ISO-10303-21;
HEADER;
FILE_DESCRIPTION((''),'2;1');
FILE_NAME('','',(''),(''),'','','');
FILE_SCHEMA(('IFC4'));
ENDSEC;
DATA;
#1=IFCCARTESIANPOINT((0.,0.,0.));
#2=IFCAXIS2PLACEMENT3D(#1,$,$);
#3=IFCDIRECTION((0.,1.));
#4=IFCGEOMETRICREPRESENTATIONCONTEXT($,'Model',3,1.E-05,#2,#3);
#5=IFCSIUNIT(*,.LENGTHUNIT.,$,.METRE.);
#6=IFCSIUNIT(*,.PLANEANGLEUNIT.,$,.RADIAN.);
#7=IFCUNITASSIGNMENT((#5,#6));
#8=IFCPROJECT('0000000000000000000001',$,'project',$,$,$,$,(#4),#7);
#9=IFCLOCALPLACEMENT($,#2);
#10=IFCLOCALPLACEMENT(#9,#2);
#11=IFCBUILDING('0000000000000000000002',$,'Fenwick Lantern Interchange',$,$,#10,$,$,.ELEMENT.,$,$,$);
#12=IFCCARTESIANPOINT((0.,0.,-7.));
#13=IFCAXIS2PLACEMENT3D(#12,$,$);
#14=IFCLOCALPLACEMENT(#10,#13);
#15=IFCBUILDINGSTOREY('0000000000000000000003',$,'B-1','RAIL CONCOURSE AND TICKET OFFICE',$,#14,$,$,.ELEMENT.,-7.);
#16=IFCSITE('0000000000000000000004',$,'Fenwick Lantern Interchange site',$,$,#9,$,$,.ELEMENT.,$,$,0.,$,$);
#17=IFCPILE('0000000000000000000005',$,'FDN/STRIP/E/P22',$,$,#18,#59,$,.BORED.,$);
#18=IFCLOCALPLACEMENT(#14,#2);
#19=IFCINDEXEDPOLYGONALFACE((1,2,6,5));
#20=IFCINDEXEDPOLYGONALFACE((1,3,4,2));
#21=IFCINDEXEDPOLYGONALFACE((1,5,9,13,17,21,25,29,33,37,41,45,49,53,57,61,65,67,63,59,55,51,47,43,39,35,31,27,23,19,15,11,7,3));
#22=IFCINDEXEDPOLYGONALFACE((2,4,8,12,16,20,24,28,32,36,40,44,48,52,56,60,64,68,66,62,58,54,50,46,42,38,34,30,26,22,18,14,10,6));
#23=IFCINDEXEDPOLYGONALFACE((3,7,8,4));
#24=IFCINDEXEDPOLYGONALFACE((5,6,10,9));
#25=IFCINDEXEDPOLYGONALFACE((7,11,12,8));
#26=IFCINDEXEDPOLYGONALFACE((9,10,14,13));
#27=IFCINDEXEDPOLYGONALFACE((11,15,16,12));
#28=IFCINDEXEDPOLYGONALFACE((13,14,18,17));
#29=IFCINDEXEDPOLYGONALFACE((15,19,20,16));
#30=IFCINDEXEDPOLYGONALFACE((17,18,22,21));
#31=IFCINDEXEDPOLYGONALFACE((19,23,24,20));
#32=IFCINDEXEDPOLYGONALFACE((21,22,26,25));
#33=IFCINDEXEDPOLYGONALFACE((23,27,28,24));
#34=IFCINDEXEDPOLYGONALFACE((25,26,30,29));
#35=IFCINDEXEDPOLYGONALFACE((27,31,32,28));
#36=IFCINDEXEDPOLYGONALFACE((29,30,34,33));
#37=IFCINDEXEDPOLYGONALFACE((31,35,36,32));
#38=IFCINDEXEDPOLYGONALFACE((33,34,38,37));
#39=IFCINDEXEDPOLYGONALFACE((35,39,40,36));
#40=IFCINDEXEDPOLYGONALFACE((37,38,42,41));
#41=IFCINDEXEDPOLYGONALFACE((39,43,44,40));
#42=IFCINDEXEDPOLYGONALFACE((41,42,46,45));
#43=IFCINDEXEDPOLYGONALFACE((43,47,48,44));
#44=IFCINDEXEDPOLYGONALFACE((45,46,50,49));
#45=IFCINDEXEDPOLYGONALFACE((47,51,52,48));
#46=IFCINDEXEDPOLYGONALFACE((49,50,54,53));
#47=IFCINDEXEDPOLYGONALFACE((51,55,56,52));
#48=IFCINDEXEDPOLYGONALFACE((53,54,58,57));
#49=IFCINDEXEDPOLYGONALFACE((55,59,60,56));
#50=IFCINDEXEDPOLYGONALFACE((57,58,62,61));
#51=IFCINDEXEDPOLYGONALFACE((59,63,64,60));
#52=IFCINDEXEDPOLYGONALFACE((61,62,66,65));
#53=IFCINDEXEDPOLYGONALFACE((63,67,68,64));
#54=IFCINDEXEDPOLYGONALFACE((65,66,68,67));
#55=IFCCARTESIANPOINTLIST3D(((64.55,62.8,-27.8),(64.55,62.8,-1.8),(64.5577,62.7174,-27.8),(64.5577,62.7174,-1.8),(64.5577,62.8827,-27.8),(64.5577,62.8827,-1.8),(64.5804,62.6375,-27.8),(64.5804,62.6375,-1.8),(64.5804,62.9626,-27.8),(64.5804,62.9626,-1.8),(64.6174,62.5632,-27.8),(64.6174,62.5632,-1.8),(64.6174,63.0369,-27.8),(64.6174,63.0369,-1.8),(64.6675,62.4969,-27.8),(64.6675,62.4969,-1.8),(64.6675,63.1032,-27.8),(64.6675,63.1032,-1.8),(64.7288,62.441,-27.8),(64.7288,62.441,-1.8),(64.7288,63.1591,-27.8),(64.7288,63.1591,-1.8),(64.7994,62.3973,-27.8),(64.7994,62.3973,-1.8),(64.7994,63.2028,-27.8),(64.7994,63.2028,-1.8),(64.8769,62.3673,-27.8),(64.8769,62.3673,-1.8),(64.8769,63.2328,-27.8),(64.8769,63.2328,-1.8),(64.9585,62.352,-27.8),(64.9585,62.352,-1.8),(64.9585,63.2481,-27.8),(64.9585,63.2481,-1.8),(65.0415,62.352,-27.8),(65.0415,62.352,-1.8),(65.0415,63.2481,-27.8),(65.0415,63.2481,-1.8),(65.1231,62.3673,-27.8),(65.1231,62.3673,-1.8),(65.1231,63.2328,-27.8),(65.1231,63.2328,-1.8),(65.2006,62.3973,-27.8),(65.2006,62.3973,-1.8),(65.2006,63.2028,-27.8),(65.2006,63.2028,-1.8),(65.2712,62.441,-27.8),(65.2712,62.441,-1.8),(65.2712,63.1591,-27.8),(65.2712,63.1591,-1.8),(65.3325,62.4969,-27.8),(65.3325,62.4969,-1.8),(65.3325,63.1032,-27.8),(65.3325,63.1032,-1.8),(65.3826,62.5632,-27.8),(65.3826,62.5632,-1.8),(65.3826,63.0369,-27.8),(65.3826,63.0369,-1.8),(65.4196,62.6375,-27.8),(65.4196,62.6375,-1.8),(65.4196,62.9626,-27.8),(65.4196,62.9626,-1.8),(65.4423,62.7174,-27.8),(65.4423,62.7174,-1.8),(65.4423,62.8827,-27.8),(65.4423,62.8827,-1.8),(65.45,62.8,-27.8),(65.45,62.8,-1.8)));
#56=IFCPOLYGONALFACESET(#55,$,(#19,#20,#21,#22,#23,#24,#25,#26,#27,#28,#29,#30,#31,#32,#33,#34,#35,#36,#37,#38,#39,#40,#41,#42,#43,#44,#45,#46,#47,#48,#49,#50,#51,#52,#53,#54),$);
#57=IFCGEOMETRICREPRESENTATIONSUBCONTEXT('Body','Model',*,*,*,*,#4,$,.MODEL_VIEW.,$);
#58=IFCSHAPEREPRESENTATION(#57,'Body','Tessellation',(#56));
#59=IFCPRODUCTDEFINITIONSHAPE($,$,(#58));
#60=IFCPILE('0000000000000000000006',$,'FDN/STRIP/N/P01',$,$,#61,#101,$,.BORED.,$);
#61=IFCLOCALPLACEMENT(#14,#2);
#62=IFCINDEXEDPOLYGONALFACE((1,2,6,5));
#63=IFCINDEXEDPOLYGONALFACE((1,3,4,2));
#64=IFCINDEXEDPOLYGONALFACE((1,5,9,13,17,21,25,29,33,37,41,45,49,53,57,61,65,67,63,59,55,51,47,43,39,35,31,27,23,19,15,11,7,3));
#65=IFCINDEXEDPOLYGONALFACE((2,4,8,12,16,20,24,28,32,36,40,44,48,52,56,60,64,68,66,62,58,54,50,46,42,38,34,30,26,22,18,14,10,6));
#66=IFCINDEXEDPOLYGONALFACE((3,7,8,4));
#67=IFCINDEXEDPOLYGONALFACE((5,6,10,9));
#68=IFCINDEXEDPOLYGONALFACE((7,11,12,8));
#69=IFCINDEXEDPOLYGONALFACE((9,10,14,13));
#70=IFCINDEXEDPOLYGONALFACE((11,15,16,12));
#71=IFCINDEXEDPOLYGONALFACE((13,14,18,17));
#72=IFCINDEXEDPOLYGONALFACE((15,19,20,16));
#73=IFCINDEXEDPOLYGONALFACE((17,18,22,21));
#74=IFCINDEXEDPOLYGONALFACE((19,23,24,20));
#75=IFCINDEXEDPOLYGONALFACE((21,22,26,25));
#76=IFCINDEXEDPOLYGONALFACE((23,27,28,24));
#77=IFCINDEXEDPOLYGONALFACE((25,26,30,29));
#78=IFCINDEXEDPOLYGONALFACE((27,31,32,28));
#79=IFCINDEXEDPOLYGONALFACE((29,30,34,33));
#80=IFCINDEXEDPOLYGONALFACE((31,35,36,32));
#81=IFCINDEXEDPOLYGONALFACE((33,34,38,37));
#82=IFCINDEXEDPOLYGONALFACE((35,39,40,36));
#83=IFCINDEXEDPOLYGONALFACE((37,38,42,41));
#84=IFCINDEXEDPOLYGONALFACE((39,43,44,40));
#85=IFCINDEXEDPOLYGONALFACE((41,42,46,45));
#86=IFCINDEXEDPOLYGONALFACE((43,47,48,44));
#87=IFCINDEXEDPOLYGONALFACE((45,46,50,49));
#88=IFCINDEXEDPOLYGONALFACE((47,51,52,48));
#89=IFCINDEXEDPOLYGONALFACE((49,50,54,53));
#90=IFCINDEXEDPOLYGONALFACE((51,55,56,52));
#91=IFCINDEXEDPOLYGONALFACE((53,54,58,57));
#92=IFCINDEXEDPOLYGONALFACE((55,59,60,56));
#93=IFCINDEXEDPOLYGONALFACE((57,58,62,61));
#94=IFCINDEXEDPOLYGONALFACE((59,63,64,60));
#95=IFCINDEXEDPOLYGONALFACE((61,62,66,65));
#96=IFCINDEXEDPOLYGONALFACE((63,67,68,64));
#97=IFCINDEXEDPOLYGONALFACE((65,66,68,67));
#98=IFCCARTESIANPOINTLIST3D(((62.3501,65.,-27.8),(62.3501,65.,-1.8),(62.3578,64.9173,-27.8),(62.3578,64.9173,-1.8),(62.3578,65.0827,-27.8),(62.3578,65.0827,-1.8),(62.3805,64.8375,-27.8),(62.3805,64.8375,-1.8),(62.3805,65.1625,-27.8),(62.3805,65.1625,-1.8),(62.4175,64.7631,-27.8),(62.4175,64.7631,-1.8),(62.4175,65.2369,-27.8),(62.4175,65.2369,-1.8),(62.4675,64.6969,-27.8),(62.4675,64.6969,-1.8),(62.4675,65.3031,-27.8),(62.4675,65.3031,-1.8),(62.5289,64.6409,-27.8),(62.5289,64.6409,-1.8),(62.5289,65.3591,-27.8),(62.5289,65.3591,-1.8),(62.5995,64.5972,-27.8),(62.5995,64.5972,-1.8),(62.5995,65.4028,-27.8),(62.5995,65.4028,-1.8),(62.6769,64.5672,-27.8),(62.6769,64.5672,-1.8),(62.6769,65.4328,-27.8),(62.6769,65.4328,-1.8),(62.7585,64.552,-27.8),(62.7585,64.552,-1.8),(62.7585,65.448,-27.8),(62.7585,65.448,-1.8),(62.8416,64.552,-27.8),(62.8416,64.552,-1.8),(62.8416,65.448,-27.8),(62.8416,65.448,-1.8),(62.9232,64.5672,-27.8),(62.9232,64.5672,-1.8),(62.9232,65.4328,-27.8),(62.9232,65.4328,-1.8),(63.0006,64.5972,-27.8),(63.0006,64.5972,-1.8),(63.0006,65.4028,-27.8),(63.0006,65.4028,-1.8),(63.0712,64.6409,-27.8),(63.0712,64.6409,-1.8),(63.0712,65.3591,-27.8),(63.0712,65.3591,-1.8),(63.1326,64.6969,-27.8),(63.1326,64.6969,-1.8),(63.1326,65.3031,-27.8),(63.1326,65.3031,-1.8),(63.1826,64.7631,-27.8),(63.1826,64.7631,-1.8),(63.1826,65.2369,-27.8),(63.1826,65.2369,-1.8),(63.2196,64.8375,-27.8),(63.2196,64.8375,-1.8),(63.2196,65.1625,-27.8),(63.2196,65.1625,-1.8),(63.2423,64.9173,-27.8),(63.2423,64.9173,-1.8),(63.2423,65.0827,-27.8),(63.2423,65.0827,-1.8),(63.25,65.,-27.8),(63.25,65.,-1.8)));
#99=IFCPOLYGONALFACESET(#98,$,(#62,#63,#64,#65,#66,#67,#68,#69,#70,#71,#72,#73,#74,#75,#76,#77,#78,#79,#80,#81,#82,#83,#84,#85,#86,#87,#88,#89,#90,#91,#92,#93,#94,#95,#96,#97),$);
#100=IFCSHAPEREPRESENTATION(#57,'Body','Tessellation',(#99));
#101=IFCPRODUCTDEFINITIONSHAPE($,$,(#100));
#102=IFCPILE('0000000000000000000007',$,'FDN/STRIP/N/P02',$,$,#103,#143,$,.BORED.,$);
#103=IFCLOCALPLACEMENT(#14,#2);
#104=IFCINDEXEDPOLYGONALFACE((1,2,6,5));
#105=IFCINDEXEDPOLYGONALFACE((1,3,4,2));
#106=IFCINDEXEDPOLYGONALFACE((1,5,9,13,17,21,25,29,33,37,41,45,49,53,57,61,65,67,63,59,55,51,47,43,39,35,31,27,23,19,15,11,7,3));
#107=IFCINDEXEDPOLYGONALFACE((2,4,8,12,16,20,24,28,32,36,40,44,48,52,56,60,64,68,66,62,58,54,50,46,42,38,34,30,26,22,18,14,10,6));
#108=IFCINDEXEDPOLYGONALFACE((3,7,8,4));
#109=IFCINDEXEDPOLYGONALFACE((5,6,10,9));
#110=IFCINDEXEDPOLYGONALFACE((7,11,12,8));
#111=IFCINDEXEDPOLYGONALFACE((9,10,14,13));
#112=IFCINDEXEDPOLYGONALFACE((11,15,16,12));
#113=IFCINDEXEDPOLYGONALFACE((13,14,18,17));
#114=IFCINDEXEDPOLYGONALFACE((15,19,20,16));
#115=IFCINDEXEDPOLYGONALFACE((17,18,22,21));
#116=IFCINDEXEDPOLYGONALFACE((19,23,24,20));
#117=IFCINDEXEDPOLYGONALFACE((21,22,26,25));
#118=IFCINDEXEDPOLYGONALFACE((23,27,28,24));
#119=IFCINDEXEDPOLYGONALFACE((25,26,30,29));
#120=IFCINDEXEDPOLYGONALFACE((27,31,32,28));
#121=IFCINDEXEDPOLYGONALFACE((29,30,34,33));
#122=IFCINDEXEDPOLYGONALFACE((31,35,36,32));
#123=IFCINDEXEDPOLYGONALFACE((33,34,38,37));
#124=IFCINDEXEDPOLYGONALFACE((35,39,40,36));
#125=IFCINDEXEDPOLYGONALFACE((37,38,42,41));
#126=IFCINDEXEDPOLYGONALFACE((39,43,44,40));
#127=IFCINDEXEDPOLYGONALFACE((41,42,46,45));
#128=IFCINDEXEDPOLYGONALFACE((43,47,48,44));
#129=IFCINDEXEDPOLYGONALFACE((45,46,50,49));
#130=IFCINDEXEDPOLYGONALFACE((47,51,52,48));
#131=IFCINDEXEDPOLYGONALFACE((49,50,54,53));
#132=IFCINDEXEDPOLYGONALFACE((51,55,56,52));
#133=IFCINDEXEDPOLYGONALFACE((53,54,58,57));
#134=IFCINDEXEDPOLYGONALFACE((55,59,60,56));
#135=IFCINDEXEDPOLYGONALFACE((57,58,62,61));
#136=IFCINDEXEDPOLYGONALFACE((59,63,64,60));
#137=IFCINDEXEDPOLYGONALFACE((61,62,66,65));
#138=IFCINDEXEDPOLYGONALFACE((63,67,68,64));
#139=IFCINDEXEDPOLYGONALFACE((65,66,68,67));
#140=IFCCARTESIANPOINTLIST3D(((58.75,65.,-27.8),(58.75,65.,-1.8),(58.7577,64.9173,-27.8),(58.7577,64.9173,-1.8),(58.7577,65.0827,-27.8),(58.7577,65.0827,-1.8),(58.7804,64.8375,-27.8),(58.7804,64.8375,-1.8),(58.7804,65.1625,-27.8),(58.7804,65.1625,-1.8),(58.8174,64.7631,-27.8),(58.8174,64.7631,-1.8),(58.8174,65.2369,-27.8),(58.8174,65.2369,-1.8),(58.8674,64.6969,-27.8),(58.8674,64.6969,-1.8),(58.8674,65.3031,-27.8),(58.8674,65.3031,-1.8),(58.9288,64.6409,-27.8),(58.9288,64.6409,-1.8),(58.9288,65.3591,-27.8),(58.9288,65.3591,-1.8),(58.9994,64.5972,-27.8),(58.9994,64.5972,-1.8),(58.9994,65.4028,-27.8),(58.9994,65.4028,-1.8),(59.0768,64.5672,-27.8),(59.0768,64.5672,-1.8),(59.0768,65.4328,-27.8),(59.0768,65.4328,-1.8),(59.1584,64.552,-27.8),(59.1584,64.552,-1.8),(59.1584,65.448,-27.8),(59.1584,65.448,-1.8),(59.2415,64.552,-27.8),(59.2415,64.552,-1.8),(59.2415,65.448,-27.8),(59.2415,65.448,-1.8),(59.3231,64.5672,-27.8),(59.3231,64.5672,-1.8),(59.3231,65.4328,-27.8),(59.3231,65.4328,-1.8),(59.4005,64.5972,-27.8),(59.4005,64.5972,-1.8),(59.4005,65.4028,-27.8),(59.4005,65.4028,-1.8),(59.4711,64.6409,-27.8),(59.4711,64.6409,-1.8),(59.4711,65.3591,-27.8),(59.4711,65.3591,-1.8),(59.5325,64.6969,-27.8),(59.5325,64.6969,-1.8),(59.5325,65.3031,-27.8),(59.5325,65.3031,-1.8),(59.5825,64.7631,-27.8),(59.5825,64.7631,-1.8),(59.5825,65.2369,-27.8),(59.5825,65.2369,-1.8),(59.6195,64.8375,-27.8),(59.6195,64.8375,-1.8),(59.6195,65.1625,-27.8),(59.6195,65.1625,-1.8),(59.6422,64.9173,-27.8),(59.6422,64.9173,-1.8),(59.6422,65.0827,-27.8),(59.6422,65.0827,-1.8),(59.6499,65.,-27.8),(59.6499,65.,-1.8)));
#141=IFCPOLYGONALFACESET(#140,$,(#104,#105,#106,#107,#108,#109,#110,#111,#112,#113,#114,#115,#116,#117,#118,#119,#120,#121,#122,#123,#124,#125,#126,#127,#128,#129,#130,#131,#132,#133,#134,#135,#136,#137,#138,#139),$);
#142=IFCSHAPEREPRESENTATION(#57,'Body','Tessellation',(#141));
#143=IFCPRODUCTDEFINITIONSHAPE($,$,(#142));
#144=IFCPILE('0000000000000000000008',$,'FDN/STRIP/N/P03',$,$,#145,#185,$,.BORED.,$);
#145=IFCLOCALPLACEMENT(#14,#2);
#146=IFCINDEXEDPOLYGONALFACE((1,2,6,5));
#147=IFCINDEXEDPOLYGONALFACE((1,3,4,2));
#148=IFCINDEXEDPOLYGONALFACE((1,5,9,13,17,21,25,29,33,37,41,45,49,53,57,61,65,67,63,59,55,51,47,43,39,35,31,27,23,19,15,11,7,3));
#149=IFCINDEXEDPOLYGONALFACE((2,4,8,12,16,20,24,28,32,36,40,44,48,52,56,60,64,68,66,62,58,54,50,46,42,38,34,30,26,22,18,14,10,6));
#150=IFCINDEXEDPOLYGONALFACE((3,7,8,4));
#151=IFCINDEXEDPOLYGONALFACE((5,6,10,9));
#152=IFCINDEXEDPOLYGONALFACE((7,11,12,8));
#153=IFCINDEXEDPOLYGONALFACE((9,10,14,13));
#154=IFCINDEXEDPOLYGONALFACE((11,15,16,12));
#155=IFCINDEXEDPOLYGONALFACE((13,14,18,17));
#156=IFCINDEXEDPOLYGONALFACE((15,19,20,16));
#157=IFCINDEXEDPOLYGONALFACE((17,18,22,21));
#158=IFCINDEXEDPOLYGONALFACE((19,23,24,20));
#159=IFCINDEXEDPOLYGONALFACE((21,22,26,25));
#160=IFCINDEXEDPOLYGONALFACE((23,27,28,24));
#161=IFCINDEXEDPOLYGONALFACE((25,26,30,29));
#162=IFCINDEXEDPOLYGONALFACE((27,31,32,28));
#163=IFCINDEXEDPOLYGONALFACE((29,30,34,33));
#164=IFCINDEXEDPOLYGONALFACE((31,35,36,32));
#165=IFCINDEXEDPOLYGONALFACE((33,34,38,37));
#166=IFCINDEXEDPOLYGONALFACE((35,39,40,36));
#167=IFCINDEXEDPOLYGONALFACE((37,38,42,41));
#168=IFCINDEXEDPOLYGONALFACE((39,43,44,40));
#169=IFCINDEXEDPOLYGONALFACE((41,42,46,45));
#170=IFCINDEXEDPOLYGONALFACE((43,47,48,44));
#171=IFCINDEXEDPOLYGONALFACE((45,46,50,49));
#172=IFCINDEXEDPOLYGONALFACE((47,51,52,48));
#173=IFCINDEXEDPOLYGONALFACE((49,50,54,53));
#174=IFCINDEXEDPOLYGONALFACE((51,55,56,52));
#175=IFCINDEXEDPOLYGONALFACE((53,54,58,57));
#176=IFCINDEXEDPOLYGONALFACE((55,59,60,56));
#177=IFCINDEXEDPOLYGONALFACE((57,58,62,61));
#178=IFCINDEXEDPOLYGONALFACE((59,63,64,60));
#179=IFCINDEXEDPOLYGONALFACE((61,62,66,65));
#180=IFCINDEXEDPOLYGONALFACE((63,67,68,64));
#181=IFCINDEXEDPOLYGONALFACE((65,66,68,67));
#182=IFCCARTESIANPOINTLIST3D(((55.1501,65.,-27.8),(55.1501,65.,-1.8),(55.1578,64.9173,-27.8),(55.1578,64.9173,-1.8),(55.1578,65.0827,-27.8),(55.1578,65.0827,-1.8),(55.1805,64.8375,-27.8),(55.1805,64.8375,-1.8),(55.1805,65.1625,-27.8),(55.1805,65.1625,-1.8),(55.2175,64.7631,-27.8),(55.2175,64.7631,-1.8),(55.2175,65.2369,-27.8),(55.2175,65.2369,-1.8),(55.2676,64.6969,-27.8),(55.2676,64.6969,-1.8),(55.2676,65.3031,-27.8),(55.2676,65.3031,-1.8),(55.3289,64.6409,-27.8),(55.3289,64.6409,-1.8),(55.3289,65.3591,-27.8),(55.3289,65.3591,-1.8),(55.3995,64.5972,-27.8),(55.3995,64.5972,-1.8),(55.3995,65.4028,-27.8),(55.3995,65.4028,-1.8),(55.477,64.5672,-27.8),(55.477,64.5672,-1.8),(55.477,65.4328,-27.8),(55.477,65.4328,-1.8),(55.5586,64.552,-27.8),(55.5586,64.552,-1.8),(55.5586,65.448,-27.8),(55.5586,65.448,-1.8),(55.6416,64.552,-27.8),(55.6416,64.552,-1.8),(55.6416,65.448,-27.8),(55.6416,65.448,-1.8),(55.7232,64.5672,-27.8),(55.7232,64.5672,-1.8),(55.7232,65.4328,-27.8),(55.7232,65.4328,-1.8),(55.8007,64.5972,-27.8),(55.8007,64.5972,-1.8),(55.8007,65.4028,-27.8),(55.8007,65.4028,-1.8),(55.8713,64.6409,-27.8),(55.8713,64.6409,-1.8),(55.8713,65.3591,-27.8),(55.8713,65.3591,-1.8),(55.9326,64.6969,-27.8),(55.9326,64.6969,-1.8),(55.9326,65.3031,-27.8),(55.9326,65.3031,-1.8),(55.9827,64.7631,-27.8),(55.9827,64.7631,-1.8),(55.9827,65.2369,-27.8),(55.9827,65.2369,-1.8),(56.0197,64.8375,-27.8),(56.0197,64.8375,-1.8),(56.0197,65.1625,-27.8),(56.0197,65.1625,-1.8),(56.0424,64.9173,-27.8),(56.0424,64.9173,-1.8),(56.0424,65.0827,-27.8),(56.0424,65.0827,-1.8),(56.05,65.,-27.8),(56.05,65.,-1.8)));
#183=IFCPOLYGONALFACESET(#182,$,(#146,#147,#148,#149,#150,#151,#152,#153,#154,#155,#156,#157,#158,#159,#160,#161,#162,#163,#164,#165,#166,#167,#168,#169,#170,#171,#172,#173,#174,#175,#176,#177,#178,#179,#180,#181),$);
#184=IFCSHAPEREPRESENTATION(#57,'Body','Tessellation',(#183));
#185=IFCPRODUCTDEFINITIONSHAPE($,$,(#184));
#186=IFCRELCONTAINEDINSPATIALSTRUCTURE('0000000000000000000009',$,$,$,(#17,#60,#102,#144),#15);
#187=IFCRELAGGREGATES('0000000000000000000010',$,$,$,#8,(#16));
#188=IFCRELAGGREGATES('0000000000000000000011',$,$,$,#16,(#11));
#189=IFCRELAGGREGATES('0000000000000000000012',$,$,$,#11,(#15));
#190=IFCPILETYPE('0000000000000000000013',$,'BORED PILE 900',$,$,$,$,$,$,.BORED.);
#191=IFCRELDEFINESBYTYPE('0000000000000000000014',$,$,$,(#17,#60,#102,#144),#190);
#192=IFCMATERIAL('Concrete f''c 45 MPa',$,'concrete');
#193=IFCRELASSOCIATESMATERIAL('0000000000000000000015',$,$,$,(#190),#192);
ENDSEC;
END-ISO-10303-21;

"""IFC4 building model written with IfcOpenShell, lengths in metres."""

from ifc_helpers import new_model, si_unit, direction, frame, origin, origin_2d, place, context, subcontext, project, spatial, circle, extrude, material, type_object, element, save


model = new_model("IFC4")

# Units and contexts
model_context = context("Model", 3, precision=1e-05, world=origin(), true_north=direction((0.0, 1.0)))
body_context = subcontext(model_context, "Body", "Model", "MODEL_VIEW")
ifc_project = project(units=[si_unit("LENGTHUNIT", "METRE"), si_unit("PLANEANGLEUNIT", "RADIAN")], contexts=[model_context])

# Site, building, storey
site_placement = place(None, origin())
site = spatial("IfcSite", under=ifc_project, at=site_placement, Name="Fenwick Lantern Interchange site", CompositionType="ELEMENT", RefElevation=0.0)
building_placement = place(site_placement, origin())
building = spatial("IfcBuilding", under=site, at=building_placement, Name="Fenwick Lantern Interchange", CompositionType="ELEMENT")
storey_placement = place(building_placement, frame((0.0, 0.0, -7.0)))
storey = spatial("IfcBuildingStorey", under=building, at=storey_placement, Name="B-1", Description="RAIL CONCOURSE AND TICKET OFFICE", CompositionType="ELEMENT", Elevation=-7.0)

# Piles
ifc_material_1 = material(Name="Concrete f'c 45 MPa", Category="concrete")
pile_type_1 = type_object("IfcPileType", Name="BORED PILE 900", PredefinedType="BORED", material=ifc_material_1)
for number, where, z_axis, x_axis, name in (
    (1, (65.0, 62.8, -1.8), (0.0, 0.0, -1.0), (1.0, 0.0, 0.0), "FDN/STRIP/E/P22"),
    (2, (62.8, 65.0, -1.8), (0.0, 0.0, -1.0), (1.0, 0.0, 0.0), "FDN/STRIP/N/P01"),
    (3, (59.2, 65.0, -1.8), (0.0, 0.0, -1.0), (1.0, 0.0, 0.0), "FDN/STRIP/N/P02"),
    (4, (55.6001, 65.0, -1.8), (0.0, 0.0, -1.0), (1.0, 0.0, 0.0), "FDN/STRIP/N/P03"),
):
    element("IfcPile", number, at=place(storey_placement, frame(where, z_axis=z_axis, x_axis=x_axis)), inside=storey, type_object=pile_type_1, Name=name, PredefinedType="BORED", context=body_context, shape_type="SweptSolid", body=[
        extrude(circle(Radius=0.45, at=origin_2d()), origin(), (0.0, 0.0, 1.0), 26.0),
    ])

save(model, "model.ifc")
